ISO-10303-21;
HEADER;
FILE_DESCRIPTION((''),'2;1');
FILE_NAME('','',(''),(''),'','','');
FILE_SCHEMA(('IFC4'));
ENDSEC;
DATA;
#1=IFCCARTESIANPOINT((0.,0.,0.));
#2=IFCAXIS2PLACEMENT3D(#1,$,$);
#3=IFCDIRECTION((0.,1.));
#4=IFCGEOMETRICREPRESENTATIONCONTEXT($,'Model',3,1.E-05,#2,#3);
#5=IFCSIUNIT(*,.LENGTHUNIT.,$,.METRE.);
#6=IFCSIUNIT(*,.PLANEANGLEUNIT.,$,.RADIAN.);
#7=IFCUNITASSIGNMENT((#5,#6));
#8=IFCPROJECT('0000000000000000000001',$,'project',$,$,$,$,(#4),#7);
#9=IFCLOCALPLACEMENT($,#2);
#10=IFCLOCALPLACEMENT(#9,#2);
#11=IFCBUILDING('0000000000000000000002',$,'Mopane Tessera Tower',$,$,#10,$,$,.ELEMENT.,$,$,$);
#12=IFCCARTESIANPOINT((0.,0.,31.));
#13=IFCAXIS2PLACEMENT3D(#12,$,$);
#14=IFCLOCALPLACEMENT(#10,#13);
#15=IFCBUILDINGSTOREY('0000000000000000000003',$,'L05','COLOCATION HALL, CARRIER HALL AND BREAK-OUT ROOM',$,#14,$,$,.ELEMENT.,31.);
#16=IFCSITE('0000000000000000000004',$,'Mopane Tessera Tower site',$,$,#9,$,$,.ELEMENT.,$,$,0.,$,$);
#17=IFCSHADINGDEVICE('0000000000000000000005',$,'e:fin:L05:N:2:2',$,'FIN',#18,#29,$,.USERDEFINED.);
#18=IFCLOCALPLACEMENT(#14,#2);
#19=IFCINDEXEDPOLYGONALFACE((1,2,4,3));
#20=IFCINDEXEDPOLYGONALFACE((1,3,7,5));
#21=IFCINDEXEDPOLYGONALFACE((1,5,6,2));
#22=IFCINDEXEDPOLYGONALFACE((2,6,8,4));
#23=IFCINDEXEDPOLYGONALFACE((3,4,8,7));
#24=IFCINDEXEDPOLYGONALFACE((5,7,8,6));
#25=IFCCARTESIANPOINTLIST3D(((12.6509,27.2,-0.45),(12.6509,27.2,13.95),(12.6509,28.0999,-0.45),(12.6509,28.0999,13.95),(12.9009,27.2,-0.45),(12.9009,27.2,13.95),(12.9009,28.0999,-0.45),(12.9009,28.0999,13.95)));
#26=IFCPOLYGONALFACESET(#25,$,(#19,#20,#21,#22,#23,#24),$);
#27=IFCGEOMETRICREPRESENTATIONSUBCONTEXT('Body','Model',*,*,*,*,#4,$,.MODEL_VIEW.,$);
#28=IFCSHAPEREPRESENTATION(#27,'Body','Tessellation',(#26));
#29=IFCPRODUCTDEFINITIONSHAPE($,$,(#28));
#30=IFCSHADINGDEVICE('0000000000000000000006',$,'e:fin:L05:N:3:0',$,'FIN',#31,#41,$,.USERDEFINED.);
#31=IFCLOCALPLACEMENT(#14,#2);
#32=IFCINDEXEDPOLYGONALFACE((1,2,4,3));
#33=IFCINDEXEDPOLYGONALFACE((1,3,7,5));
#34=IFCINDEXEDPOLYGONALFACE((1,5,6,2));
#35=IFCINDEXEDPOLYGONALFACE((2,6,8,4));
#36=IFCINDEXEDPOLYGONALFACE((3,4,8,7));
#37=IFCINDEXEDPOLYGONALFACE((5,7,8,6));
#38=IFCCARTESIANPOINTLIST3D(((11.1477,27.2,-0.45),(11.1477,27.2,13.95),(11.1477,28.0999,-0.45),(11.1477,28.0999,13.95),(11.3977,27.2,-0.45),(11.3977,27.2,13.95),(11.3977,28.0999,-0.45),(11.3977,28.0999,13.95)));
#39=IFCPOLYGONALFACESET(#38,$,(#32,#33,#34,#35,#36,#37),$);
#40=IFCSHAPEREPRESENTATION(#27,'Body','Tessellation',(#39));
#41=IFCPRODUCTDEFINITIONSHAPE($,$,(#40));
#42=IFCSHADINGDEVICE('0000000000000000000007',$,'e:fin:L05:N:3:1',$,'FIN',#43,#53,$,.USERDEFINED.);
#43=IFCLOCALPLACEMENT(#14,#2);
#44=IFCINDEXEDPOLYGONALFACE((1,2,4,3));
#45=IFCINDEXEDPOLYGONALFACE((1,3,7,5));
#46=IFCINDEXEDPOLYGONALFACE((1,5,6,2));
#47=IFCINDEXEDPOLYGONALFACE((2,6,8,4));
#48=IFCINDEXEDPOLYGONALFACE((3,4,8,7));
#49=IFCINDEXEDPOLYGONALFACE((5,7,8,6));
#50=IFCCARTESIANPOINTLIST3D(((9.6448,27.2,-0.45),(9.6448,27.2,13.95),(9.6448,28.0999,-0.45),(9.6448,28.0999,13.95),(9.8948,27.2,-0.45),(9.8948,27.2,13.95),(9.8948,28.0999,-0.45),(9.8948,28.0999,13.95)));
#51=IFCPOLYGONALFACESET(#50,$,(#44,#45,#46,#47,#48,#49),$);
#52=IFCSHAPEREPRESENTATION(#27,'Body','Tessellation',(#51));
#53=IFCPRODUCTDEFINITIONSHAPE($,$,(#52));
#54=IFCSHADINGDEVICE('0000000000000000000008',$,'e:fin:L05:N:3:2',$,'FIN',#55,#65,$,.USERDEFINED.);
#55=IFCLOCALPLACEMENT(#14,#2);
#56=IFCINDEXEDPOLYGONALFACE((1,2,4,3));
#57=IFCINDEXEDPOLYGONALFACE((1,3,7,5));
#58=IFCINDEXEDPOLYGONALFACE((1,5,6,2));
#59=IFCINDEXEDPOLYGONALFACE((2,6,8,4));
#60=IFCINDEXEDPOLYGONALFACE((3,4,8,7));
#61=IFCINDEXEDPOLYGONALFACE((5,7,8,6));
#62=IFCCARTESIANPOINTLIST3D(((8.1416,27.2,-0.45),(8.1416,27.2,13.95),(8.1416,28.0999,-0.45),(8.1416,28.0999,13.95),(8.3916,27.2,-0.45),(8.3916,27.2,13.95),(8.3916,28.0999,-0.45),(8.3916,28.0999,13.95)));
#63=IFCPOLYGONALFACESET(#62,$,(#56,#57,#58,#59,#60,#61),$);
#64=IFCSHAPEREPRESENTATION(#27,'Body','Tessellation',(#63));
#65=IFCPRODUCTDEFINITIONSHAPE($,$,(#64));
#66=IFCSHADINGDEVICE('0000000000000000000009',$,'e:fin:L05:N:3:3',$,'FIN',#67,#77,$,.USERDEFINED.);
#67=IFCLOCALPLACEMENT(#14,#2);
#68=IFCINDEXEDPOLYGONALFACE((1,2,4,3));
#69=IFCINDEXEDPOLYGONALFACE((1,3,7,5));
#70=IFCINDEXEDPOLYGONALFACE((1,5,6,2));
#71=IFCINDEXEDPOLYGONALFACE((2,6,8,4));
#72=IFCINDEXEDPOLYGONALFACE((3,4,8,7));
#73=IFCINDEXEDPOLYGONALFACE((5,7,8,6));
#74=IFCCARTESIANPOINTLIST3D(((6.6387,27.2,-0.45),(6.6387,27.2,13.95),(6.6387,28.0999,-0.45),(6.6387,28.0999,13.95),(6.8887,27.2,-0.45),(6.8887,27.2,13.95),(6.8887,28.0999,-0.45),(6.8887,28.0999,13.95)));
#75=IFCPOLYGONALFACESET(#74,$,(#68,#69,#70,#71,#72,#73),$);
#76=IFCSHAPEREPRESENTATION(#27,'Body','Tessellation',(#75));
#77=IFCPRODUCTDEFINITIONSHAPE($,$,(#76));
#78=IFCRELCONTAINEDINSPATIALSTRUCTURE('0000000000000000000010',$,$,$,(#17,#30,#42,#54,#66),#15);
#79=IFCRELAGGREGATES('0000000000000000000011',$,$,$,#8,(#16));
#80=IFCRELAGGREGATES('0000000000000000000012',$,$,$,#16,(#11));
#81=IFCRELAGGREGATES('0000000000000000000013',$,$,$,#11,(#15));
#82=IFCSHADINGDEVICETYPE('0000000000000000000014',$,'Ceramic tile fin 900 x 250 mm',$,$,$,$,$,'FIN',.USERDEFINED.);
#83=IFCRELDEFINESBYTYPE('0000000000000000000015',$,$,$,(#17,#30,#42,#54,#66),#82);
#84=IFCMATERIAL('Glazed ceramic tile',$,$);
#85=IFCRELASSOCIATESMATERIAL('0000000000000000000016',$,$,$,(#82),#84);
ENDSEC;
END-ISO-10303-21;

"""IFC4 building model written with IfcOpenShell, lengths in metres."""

from ifc_helpers import new_model, si_unit, direction, frame, origin, origin_2d, place, context, subcontext, project, spatial, rectangle, extrude, material, type_object, element, save


model = new_model("IFC4")

# Units and contexts
model_context = context("Model", 3, precision=1e-05, world=origin(), true_north=direction((0.0, 1.0)))
body_context = subcontext(model_context, "Body", "Model", "MODEL_VIEW")
ifc_project = project(units=[si_unit("LENGTHUNIT", "METRE"), si_unit("PLANEANGLEUNIT", "RADIAN")], contexts=[model_context])

# Site, building, storey
site_placement = place(None, origin())
site = spatial("IfcSite", under=ifc_project, at=site_placement, Name="Mopane Tessera Tower site", CompositionType="ELEMENT", RefElevation=0.0)
building_placement = place(site_placement, origin())
building = spatial("IfcBuilding", under=site, at=building_placement, Name="Mopane Tessera Tower", CompositionType="ELEMENT")
storey_placement = place(building_placement, frame((0.0, 0.0, 31.0)))
storey = spatial("IfcBuildingStorey", under=building, at=storey_placement, Name="L05", Description="COLOCATION HALL, CARRIER HALL AND BREAK-OUT ROOM", CompositionType="ELEMENT", Elevation=31.0)

# Shading devices
ifc_material_1 = material(Name="Glazed ceramic tile")
shading_device_type = type_object("IfcShadingDeviceType", Name="Ceramic tile fin 900 x 250 mm", ElementType="FIN", PredefinedType="USERDEFINED", material=ifc_material_1)
for number, where, z_axis, x_axis, name in (
    (1, (12.7759, 27.6499, -0.45), (0.0, 0.0, 1.0), (-1.0, 0.0, 0.0), "e:fin:L05:N:2:2"),
    (2, (11.2727, 27.6499, -0.45), (0.0, 0.0, 1.0), (-1.0, 0.0, 0.0), "e:fin:L05:N:3:0"),
    (3, (9.7698, 27.6499, -0.45), (0.0, 0.0, 1.0), (-1.0, 0.0, 0.0), "e:fin:L05:N:3:1"),
    (4, (8.2666, 27.6499, -0.45), (0.0, 0.0, 1.0), (-1.0, 0.0, 0.0), "e:fin:L05:N:3:2"),
    (5, (6.7637, 27.6499, -0.45), (0.0, 0.0, 1.0), (-1.0, 0.0, 0.0), "e:fin:L05:N:3:3"),
):
    element("IfcShadingDevice", number, at=place(storey_placement, frame(where, z_axis=z_axis, x_axis=x_axis)), inside=storey, type_object=shading_device_type, Name=name, ObjectType="FIN", PredefinedType="USERDEFINED", context=body_context, shape_type="SweptSolid", body=[
        extrude(rectangle(XDim=0.25, YDim=0.8999, at=origin_2d()), origin(), (0.0, 0.0, 1.0), 14.3999),
    ])

save(model, "model.ifc")
